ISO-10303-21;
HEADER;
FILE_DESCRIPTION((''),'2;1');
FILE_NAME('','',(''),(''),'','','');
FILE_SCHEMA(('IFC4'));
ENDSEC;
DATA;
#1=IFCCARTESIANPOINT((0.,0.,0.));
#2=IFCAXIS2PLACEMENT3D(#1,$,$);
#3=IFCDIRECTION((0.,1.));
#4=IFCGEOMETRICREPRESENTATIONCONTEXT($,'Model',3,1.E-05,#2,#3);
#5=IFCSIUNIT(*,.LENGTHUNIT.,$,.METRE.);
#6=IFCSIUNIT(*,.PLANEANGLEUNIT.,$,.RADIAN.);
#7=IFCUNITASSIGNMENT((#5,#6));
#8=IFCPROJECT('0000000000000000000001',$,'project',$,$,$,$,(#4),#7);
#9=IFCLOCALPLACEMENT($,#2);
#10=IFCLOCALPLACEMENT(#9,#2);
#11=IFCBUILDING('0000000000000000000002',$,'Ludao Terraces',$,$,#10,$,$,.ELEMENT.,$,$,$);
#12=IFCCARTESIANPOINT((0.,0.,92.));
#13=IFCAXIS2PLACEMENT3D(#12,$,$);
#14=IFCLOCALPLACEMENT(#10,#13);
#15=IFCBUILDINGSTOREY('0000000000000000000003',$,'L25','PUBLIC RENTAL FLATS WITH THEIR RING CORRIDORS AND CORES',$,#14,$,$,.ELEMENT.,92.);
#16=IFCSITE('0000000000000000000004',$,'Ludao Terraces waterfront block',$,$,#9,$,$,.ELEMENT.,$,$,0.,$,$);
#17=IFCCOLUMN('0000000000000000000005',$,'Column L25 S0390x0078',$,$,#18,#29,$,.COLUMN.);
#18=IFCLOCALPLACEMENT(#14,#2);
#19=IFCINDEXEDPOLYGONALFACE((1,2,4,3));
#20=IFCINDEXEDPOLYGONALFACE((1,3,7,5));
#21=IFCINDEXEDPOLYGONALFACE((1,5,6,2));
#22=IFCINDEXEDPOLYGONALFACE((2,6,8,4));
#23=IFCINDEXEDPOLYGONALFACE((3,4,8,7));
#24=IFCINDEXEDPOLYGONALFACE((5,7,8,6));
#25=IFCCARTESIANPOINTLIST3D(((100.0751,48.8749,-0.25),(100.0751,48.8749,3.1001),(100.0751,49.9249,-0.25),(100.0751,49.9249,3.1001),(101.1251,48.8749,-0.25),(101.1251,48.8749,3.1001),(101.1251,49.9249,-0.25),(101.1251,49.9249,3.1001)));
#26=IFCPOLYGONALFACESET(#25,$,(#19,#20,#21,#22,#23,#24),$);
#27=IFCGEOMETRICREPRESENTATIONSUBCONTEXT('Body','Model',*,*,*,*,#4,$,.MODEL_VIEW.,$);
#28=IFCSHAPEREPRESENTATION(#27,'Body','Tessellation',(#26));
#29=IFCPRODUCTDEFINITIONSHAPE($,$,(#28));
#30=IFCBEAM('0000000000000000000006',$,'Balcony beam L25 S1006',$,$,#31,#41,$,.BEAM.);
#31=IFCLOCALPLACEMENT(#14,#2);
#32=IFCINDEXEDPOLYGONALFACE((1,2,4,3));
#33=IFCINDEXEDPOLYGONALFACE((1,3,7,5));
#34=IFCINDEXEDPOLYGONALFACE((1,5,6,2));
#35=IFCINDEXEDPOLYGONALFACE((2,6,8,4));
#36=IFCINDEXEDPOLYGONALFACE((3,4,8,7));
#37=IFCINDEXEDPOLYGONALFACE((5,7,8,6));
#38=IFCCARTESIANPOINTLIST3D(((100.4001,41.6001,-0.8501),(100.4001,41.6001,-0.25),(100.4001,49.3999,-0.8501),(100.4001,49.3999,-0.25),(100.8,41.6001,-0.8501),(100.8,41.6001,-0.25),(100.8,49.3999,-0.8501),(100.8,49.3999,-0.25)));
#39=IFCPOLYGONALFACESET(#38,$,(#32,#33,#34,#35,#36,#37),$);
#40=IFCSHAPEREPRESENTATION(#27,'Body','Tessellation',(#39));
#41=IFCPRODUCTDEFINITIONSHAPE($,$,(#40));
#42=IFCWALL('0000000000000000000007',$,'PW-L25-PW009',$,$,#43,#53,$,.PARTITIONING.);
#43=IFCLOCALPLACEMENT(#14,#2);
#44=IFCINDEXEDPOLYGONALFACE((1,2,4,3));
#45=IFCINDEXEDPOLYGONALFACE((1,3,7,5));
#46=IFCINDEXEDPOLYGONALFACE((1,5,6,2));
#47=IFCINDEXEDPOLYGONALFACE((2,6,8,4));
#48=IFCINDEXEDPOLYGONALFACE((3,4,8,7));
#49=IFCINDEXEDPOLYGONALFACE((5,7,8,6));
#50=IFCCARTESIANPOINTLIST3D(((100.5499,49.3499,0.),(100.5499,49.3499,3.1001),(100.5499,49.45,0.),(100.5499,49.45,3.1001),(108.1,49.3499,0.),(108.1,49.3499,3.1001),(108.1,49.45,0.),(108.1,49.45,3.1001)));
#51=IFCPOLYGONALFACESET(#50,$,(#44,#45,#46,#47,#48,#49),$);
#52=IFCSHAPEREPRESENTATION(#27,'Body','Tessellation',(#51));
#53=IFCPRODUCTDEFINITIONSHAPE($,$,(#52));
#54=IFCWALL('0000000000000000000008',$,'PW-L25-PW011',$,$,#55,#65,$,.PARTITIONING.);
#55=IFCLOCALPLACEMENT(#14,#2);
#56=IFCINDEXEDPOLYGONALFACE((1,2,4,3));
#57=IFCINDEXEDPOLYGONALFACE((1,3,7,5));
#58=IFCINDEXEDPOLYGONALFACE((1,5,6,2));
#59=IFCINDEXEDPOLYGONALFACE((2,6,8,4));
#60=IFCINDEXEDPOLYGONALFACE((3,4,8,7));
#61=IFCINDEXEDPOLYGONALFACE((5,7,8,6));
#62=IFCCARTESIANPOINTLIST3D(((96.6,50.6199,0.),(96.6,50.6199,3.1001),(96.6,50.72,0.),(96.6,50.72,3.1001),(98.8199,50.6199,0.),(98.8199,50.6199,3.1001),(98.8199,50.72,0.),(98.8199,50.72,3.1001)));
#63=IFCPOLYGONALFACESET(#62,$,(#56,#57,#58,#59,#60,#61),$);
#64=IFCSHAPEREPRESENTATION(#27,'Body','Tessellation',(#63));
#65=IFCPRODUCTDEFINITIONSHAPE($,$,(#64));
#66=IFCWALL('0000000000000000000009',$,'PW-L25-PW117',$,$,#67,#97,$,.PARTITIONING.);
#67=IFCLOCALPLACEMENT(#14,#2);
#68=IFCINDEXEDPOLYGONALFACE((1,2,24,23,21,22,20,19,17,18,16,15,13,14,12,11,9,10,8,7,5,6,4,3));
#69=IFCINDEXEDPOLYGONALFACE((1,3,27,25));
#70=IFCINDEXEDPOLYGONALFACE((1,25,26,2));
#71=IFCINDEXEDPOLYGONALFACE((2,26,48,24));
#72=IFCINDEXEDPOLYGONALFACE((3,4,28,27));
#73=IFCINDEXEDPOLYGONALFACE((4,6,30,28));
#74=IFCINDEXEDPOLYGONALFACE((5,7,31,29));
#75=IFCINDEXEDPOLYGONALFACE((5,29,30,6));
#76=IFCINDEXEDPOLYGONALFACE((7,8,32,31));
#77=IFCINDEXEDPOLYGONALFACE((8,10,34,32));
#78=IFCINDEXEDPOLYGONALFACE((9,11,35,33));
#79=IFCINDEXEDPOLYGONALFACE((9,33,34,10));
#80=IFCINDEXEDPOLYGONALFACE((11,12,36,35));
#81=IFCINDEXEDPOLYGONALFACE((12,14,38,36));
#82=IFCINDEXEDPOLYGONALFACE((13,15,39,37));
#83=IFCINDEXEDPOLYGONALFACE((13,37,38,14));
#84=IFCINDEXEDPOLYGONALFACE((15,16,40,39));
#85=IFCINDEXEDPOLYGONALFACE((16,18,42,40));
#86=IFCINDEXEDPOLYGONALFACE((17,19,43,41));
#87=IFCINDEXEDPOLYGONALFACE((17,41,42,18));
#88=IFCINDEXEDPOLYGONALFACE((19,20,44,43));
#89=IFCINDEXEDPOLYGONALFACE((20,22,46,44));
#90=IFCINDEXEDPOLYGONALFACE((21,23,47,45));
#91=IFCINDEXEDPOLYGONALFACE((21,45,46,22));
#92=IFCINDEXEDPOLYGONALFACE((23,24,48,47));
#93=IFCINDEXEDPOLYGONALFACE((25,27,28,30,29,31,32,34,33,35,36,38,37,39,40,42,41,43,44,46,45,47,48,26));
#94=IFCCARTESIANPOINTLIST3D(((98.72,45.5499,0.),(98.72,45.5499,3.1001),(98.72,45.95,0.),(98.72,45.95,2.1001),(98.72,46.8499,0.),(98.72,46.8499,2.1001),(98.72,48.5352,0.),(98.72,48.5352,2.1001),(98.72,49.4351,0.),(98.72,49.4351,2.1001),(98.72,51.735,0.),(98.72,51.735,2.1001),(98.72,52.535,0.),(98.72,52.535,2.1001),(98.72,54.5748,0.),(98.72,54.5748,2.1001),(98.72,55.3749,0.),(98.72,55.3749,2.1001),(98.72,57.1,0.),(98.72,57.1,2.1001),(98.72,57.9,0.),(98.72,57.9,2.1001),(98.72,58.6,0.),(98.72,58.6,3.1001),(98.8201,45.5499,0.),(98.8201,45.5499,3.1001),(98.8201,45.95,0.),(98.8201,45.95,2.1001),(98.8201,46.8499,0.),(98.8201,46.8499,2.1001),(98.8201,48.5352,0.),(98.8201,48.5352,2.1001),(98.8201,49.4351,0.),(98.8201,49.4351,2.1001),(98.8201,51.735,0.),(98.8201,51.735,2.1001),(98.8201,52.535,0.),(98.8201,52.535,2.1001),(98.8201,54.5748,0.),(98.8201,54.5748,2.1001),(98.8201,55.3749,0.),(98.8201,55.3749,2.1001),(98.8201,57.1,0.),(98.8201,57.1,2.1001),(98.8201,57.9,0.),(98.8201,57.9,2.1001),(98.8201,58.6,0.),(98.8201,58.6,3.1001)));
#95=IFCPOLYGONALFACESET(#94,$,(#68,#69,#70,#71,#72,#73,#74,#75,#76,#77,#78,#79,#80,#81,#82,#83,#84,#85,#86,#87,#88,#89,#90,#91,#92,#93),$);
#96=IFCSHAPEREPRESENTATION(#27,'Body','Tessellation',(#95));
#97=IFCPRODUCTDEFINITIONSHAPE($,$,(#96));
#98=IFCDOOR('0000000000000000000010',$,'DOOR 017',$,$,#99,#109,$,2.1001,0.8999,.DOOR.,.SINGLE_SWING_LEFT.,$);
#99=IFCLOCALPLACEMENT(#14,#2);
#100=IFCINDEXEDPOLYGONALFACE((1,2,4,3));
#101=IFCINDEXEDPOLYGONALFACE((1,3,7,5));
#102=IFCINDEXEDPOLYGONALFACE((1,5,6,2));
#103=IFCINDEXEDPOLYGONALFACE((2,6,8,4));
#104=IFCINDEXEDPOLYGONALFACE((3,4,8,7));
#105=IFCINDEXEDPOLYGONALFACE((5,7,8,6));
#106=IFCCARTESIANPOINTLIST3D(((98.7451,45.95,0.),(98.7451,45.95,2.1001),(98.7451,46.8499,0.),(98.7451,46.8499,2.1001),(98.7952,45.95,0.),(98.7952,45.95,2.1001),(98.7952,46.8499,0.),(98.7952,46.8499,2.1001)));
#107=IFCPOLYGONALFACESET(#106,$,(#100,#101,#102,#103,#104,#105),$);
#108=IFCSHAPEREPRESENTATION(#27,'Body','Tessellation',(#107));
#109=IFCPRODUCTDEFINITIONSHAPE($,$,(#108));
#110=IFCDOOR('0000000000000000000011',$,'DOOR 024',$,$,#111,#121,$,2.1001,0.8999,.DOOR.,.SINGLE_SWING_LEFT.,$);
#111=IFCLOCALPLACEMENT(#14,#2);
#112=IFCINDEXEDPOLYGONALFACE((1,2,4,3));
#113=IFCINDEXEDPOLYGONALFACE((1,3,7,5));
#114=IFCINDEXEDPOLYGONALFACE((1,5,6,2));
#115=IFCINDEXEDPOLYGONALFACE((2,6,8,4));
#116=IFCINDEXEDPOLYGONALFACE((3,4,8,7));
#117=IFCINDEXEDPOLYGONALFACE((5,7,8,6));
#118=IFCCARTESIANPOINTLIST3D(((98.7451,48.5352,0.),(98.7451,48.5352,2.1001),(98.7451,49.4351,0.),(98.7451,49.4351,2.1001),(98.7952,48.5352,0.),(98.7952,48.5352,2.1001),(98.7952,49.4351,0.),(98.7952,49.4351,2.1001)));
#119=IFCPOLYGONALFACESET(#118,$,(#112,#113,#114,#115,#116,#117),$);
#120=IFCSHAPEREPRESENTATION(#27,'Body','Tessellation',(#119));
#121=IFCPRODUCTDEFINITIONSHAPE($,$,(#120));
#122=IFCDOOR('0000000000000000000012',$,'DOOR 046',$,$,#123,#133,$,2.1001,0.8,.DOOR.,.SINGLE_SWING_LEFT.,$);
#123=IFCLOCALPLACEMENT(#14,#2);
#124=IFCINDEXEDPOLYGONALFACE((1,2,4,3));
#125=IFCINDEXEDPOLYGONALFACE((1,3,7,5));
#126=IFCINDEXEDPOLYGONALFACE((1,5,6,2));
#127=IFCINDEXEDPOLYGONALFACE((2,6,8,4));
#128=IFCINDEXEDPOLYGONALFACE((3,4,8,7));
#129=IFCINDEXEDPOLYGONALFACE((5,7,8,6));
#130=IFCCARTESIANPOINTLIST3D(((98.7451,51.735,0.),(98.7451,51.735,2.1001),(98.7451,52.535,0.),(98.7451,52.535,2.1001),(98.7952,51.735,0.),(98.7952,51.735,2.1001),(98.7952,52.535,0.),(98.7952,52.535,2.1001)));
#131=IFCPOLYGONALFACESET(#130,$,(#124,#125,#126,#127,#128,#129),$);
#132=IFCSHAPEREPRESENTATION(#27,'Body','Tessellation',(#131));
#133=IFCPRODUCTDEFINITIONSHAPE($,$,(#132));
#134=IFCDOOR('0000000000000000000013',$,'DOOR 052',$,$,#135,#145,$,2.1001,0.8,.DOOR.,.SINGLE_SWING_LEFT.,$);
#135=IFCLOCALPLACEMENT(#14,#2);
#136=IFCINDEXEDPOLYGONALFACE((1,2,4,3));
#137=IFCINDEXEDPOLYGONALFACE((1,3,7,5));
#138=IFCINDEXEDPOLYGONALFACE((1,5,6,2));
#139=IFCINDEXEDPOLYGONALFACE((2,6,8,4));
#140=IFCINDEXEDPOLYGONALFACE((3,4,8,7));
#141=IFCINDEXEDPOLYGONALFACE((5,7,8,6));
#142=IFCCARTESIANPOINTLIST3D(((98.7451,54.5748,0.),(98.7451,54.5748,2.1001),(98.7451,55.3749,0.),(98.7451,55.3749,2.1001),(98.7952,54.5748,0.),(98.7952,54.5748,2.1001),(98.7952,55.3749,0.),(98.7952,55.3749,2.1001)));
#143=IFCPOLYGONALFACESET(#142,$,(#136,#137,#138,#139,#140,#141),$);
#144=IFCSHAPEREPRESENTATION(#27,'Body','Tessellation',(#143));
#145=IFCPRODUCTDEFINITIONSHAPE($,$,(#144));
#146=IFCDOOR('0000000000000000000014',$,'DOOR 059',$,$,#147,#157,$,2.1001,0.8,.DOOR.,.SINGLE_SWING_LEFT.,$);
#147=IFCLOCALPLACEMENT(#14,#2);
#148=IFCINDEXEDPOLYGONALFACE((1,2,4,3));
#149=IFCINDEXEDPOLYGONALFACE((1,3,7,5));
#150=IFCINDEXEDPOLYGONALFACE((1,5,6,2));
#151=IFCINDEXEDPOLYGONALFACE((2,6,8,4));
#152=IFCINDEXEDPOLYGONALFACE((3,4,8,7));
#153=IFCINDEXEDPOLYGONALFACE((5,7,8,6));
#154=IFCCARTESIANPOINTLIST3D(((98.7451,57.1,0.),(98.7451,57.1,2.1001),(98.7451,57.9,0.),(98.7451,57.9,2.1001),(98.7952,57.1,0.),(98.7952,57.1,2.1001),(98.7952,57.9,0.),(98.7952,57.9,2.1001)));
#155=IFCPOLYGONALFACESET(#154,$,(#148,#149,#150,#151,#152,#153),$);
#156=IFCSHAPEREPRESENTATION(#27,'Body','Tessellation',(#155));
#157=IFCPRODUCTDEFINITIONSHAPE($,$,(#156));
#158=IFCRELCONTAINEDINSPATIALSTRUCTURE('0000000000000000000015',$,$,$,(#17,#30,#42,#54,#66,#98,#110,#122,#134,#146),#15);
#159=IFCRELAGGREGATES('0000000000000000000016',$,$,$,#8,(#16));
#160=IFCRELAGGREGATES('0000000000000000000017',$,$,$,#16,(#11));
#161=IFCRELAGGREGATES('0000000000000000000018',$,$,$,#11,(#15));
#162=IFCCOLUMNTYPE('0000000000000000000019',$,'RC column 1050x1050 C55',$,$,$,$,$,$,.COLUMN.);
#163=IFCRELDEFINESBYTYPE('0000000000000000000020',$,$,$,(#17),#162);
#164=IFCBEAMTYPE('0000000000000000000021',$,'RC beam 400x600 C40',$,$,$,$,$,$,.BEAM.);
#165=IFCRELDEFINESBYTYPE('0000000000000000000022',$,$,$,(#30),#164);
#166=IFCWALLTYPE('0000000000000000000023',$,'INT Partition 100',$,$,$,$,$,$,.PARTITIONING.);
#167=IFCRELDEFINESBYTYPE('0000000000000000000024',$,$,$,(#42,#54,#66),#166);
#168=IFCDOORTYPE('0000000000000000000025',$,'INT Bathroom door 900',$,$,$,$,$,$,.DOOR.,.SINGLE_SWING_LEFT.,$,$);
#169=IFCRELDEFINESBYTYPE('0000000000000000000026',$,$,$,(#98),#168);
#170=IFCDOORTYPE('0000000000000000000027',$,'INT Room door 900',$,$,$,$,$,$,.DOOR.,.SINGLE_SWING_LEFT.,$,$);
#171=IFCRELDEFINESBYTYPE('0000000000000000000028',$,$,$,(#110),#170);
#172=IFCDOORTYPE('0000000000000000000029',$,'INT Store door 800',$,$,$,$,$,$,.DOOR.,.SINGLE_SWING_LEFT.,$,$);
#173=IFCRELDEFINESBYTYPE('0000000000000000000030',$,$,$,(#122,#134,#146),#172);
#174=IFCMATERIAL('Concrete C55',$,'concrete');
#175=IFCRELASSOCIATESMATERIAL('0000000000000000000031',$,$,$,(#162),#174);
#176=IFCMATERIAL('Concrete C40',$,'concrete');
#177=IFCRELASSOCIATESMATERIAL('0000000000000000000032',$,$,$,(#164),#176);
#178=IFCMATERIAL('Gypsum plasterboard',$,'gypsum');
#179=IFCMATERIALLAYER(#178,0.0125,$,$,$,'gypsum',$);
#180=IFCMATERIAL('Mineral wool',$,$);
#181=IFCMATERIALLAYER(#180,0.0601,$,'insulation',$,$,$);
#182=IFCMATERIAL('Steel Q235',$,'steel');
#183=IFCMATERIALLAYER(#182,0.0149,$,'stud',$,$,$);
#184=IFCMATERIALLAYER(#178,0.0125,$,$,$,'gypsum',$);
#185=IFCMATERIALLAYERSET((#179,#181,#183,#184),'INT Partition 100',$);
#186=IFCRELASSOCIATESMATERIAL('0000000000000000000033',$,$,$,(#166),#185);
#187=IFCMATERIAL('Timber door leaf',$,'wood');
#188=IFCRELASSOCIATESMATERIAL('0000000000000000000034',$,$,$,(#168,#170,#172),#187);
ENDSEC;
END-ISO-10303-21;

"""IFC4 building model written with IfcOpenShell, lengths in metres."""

from ifc_helpers import new_model, si_unit, direction, frame, frame_2d, origin, origin_2d, place, context, subcontext, project, spatial, rectangle, extrude, material, layer, layer_set, material_profile, profile_set, type_object, element, fill, save


model = new_model("IFC4")

# Units and contexts
model_context = context("Model", 3, precision=1e-05, world=origin(), true_north=direction((0.0, 1.0)))
body_context = subcontext(model_context, "Body", "Model", "MODEL_VIEW")
ifc_project = project(units=[si_unit("LENGTHUNIT", "METRE"), si_unit("PLANEANGLEUNIT", "RADIAN")], contexts=[model_context])

# Site, building, storey
site_placement = place(None, origin())
site = spatial("IfcSite", under=ifc_project, at=site_placement, Name="Ludao Terraces waterfront block", CompositionType="ELEMENT", RefElevation=0.0)
building_placement = place(site_placement, origin())
building = spatial("IfcBuilding", under=site, at=building_placement, Name="Ludao Terraces", CompositionType="ELEMENT")
storey_placement = place(building_placement, frame((0.0, 0.0, 92.0)))
storey = spatial("IfcBuildingStorey", under=building, at=storey_placement, Name="L25", Description="PUBLIC RENTAL FLATS WITH THEIR RING CORRIDORS AND CORES", CompositionType="ELEMENT", Elevation=92.0)

# Column
ifc_material_1 = material(Name="Concrete C55", Category="concrete")
ifc_material_profile_1 = material_profile(ifc_material_1, rectangle(XDim=1.05, YDim=1.05, at=origin_2d()), Name="1050 X 1050")
ifc_profile_set_1 = profile_set([ifc_material_profile_1], Name="Concrete C55")
column_type = type_object("IfcColumnType", Name="RC column 1050x1050 C55", PredefinedType="COLUMN", material=ifc_profile_set_1)
column_placement = place(storey_placement, frame((100.6001, 49.3999, -0.25), z_axis=(0.0, 0.0, 1.0), x_axis=(1.0, 0.0, 0.0)))
element("IfcColumn", 1, at=column_placement, inside=storey, type_object=column_type, Name="Column L25 S0390x0078", PredefinedType="COLUMN", context=body_context, shape_type="SweptSolid", body=[
    extrude(rectangle(XDim=1.05, YDim=1.05, at=origin_2d()), origin(), (0.0, 0.0, 1.0), 3.3501),
])

# Beam
ifc_material_2 = material(Name="Concrete C40", Category="concrete")
ifc_material_profile_2 = material_profile(ifc_material_2, rectangle(XDim=0.3999, YDim=0.6001, at=origin_2d()), Name="400 X 600")
ifc_profile_set_2 = profile_set([ifc_material_profile_2], Name="Concrete C40")
beam_type = type_object("IfcBeamType", Name="RC beam 400x600 C40", PredefinedType="BEAM", material=ifc_profile_set_2)
beam_placement = place(storey_placement, frame((100.6001, 49.3999, -0.55), z_axis=(0.0, -1.0, 0.0), x_axis=(1.0, 0.0, 0.0)))
element("IfcBeam", 2, at=beam_placement, inside=storey, type_object=beam_type, Name="Balcony beam L25 S1006", PredefinedType="BEAM", context=body_context, shape_type="SweptSolid", body=[
    extrude(rectangle(XDim=0.3999, YDim=0.6001, at=origin_2d()), origin(), (0.0, 0.0, 1.0), 7.7998),
])

# Walls
ifc_material_3 = material(Name="Gypsum plasterboard", Category="gypsum")
ifc_layer_1 = layer(ifc_material_3, 0.0125, Category="gypsum")
ifc_material_4 = material(Name="Mineral wool")
ifc_layer_2 = layer(ifc_material_4, 0.0601, Name="insulation")
ifc_material_5 = material(Name="Steel Q235", Category="steel")
ifc_layer_3 = layer(ifc_material_5, 0.0149, Name="stud")
ifc_layer_4 = layer(ifc_material_3, 0.0125, Category="gypsum")
ifc_layer_set = layer_set([ifc_layer_1, ifc_layer_2, ifc_layer_3, ifc_layer_4], Name="INT Partition 100")
wall_type = type_object("IfcWallType", Name="INT Partition 100", PredefinedType="PARTITIONING", material=ifc_layer_set)
wall_1_placement = place(storey_placement, frame((100.55, 49.3999, 0.0), z_axis=(0.0, 0.0, 1.0), x_axis=(1.0, 0.0, 0.0)))
element("IfcWall", 3, at=wall_1_placement, inside=storey, type_object=wall_type, Name="PW-L25-PW009", PredefinedType="PARTITIONING", context=body_context, shape_type="SweptSolid", body=[
    extrude(rectangle(XDim=7.55, YDim=0.1001, at=frame_2d((3.7749, 0.0))), origin(), (0.0, 0.0, 1.0), 3.1001),
])
wall_2_placement = place(storey_placement, frame((96.6001, 50.6699, 0.0), z_axis=(0.0, 0.0, 1.0), x_axis=(1.0, 0.0, 0.0)))
element("IfcWall", 4, at=wall_2_placement, inside=storey, type_object=wall_type, Name="PW-L25-PW011", PredefinedType="PARTITIONING", context=body_context, shape_type="SweptSolid", body=[
    extrude(rectangle(XDim=2.22, YDim=0.1001, at=frame_2d((1.1099, 0.0))), origin(), (0.0, 0.0, 1.0), 3.1001),
])

# Wall, openings, doors
wall_3_placement = place(storey_placement, frame((98.77, 45.55, 0.0), z_axis=(0.0, 0.0, 1.0), x_axis=(0.0, 1.0, 0.0)))
wall_3 = element("IfcWall", 5, at=wall_3_placement, inside=storey, type_object=wall_type, Name="PW-L25-PW117", PredefinedType="PARTITIONING", context=body_context, shape_type="SweptSolid", body=[
    extrude(rectangle(XDim=13.05, YDim=0.1001, at=frame_2d((6.5249, 0.0))), origin(), (0.0, 0.0, 1.0), 3.1001),
])
opening_1_placement = place(wall_3_placement, frame((0.3999, 0.0, 0.0)))
opening_1 = element("IfcOpeningElement", 6, at=opening_1_placement, cuts=wall_3, PredefinedType="OPENING", context=body_context, shape_type="SweptSolid", body=[
    extrude(rectangle(XDim=0.8999, YDim=2.1001, at=frame_2d((0.45, 1.05))), frame((0.0, 0.0601, 0.0), z_axis=(0.0, -1.0, 0.0), x_axis=(1.0, 0.0, 0.0)), (0.0, 0.0, 1.0), 0.1201),
])
opening_2_placement = place(wall_3_placement, frame((2.9851, 0.0, 0.0)))
opening_2 = element("IfcOpeningElement", 7, at=opening_2_placement, cuts=wall_3, PredefinedType="OPENING", context=body_context, shape_type="SweptSolid", body=[
    extrude(rectangle(XDim=0.8999, YDim=2.1001, at=frame_2d((0.45, 1.05))), frame((0.0, 0.0601, 0.0), z_axis=(0.0, -1.0, 0.0), x_axis=(1.0, 0.0, 0.0)), (0.0, 0.0, 1.0), 0.1201),
])
opening_3_placement = place(wall_3_placement, frame((6.1851, 0.0, 0.0)))
opening_3 = element("IfcOpeningElement", 8, at=opening_3_placement, cuts=wall_3, PredefinedType="OPENING", context=body_context, shape_type="SweptSolid", body=[
    extrude(rectangle(XDim=0.8, YDim=2.1001, at=frame_2d((0.3999, 1.05))), frame((0.0, 0.0601, 0.0), z_axis=(0.0, -1.0, 0.0), x_axis=(1.0, 0.0, 0.0)), (0.0, 0.0, 1.0), 0.1201),
])
opening_4_placement = place(wall_3_placement, frame((9.0249, 0.0, 0.0)))
opening_4 = element("IfcOpeningElement", 9, at=opening_4_placement, cuts=wall_3, PredefinedType="OPENING", context=body_context, shape_type="SweptSolid", body=[
    extrude(rectangle(XDim=0.8, YDim=2.1001, at=frame_2d((0.3999, 1.05))), frame((0.0, 0.0601, 0.0), z_axis=(0.0, -1.0, 0.0), x_axis=(1.0, 0.0, 0.0)), (0.0, 0.0, 1.0), 0.1201),
])
opening_5_placement = place(wall_3_placement, frame((11.55, 0.0, 0.0)))
opening_5 = element("IfcOpeningElement", 10, at=opening_5_placement, cuts=wall_3, PredefinedType="OPENING", context=body_context, shape_type="SweptSolid", body=[
    extrude(rectangle(XDim=0.8, YDim=2.1001, at=frame_2d((0.3999, 1.05))), frame((0.0, 0.0601, 0.0), z_axis=(0.0, -1.0, 0.0), x_axis=(1.0, 0.0, 0.0)), (0.0, 0.0, 1.0), 0.1201),
])
ifc_material_6 = material(Name="Timber door leaf", Category="wood")
door_type_1 = type_object("IfcDoorType", Name="INT Bathroom door 900", OperationType="SINGLE_SWING_LEFT", PredefinedType="DOOR", material=ifc_material_6)
door_1_placement = place(opening_1_placement, origin())
door_1 = element("IfcDoor", 11, at=door_1_placement, inside=storey, type_object=door_type_1, Name="DOOR 017", OperationType="SINGLE_SWING_LEFT", OverallHeight=2.1001, OverallWidth=0.8999, PredefinedType="DOOR", context=body_context, shape_type="SweptSolid", body=[
    extrude(rectangle(XDim=0.8999, YDim=2.1001, at=frame_2d((0.45, 1.05))), frame((0.0, 0.0249, 0.0), z_axis=(0.0, -1.0, 0.0), x_axis=(1.0, 0.0, 0.0)), (0.0, 0.0, 1.0), 0.05),
])
fill(opening_1, door_1)
door_type_2 = type_object("IfcDoorType", Name="INT Room door 900", OperationType="SINGLE_SWING_LEFT", PredefinedType="DOOR", material=ifc_material_6)
door_2_placement = place(opening_2_placement, origin())
door_2 = element("IfcDoor", 12, at=door_2_placement, inside=storey, type_object=door_type_2, Name="DOOR 024", OperationType="SINGLE_SWING_LEFT", OverallHeight=2.1001, OverallWidth=0.8999, PredefinedType="DOOR", context=body_context, shape_type="SweptSolid", body=[
    extrude(rectangle(XDim=0.8999, YDim=2.1001, at=frame_2d((0.45, 1.05))), frame((0.0, 0.0249, 0.0), z_axis=(0.0, -1.0, 0.0), x_axis=(1.0, 0.0, 0.0)), (0.0, 0.0, 1.0), 0.05),
])
fill(opening_2, door_2)
door_type_3 = type_object("IfcDoorType", Name="INT Store door 800", OperationType="SINGLE_SWING_LEFT", PredefinedType="DOOR", material=ifc_material_6)
door_3_placement = place(opening_3_placement, origin())
door_3 = element("IfcDoor", 13, at=door_3_placement, inside=storey, type_object=door_type_3, Name="DOOR 046", OperationType="SINGLE_SWING_LEFT", OverallHeight=2.1001, OverallWidth=0.8, PredefinedType="DOOR", context=body_context, shape_type="SweptSolid", body=[
    extrude(rectangle(XDim=0.8, YDim=2.1001, at=frame_2d((0.3999, 1.05))), frame((0.0, 0.0249, 0.0), z_axis=(0.0, -1.0, 0.0), x_axis=(1.0, 0.0, 0.0)), (0.0, 0.0, 1.0), 0.05),
])
fill(opening_3, door_3)
door_4_placement = place(opening_4_placement, origin())
door_4 = element("IfcDoor", 14, at=door_4_placement, inside=storey, type_object=door_type_3, Name="DOOR 052", OperationType="SINGLE_SWING_LEFT", OverallHeight=2.1001, OverallWidth=0.8, PredefinedType="DOOR", context=body_context, shape_type="SweptSolid", body=[
    extrude(rectangle(XDim=0.8, YDim=2.1001, at=frame_2d((0.3999, 1.05))), frame((0.0, 0.0249, 0.0), z_axis=(0.0, -1.0, 0.0), x_axis=(1.0, 0.0, 0.0)), (0.0, 0.0, 1.0), 0.05),
])
fill(opening_4, door_4)
door_5_placement = place(opening_5_placement, origin())
door_5 = element("IfcDoor", 15, at=door_5_placement, inside=storey, type_object=door_type_3, Name="DOOR 059", OperationType="SINGLE_SWING_LEFT", OverallHeight=2.1001, OverallWidth=0.8, PredefinedType="DOOR", context=body_context, shape_type="SweptSolid", body=[
    extrude(rectangle(XDim=0.8, YDim=2.1001, at=frame_2d((0.3999, 1.05))), frame((0.0, 0.0249, 0.0), z_axis=(0.0, -1.0, 0.0), x_axis=(1.0, 0.0, 0.0)), (0.0, 0.0, 1.0), 0.05),
])
fill(opening_5, door_5)

save(model, "model.ifc")
